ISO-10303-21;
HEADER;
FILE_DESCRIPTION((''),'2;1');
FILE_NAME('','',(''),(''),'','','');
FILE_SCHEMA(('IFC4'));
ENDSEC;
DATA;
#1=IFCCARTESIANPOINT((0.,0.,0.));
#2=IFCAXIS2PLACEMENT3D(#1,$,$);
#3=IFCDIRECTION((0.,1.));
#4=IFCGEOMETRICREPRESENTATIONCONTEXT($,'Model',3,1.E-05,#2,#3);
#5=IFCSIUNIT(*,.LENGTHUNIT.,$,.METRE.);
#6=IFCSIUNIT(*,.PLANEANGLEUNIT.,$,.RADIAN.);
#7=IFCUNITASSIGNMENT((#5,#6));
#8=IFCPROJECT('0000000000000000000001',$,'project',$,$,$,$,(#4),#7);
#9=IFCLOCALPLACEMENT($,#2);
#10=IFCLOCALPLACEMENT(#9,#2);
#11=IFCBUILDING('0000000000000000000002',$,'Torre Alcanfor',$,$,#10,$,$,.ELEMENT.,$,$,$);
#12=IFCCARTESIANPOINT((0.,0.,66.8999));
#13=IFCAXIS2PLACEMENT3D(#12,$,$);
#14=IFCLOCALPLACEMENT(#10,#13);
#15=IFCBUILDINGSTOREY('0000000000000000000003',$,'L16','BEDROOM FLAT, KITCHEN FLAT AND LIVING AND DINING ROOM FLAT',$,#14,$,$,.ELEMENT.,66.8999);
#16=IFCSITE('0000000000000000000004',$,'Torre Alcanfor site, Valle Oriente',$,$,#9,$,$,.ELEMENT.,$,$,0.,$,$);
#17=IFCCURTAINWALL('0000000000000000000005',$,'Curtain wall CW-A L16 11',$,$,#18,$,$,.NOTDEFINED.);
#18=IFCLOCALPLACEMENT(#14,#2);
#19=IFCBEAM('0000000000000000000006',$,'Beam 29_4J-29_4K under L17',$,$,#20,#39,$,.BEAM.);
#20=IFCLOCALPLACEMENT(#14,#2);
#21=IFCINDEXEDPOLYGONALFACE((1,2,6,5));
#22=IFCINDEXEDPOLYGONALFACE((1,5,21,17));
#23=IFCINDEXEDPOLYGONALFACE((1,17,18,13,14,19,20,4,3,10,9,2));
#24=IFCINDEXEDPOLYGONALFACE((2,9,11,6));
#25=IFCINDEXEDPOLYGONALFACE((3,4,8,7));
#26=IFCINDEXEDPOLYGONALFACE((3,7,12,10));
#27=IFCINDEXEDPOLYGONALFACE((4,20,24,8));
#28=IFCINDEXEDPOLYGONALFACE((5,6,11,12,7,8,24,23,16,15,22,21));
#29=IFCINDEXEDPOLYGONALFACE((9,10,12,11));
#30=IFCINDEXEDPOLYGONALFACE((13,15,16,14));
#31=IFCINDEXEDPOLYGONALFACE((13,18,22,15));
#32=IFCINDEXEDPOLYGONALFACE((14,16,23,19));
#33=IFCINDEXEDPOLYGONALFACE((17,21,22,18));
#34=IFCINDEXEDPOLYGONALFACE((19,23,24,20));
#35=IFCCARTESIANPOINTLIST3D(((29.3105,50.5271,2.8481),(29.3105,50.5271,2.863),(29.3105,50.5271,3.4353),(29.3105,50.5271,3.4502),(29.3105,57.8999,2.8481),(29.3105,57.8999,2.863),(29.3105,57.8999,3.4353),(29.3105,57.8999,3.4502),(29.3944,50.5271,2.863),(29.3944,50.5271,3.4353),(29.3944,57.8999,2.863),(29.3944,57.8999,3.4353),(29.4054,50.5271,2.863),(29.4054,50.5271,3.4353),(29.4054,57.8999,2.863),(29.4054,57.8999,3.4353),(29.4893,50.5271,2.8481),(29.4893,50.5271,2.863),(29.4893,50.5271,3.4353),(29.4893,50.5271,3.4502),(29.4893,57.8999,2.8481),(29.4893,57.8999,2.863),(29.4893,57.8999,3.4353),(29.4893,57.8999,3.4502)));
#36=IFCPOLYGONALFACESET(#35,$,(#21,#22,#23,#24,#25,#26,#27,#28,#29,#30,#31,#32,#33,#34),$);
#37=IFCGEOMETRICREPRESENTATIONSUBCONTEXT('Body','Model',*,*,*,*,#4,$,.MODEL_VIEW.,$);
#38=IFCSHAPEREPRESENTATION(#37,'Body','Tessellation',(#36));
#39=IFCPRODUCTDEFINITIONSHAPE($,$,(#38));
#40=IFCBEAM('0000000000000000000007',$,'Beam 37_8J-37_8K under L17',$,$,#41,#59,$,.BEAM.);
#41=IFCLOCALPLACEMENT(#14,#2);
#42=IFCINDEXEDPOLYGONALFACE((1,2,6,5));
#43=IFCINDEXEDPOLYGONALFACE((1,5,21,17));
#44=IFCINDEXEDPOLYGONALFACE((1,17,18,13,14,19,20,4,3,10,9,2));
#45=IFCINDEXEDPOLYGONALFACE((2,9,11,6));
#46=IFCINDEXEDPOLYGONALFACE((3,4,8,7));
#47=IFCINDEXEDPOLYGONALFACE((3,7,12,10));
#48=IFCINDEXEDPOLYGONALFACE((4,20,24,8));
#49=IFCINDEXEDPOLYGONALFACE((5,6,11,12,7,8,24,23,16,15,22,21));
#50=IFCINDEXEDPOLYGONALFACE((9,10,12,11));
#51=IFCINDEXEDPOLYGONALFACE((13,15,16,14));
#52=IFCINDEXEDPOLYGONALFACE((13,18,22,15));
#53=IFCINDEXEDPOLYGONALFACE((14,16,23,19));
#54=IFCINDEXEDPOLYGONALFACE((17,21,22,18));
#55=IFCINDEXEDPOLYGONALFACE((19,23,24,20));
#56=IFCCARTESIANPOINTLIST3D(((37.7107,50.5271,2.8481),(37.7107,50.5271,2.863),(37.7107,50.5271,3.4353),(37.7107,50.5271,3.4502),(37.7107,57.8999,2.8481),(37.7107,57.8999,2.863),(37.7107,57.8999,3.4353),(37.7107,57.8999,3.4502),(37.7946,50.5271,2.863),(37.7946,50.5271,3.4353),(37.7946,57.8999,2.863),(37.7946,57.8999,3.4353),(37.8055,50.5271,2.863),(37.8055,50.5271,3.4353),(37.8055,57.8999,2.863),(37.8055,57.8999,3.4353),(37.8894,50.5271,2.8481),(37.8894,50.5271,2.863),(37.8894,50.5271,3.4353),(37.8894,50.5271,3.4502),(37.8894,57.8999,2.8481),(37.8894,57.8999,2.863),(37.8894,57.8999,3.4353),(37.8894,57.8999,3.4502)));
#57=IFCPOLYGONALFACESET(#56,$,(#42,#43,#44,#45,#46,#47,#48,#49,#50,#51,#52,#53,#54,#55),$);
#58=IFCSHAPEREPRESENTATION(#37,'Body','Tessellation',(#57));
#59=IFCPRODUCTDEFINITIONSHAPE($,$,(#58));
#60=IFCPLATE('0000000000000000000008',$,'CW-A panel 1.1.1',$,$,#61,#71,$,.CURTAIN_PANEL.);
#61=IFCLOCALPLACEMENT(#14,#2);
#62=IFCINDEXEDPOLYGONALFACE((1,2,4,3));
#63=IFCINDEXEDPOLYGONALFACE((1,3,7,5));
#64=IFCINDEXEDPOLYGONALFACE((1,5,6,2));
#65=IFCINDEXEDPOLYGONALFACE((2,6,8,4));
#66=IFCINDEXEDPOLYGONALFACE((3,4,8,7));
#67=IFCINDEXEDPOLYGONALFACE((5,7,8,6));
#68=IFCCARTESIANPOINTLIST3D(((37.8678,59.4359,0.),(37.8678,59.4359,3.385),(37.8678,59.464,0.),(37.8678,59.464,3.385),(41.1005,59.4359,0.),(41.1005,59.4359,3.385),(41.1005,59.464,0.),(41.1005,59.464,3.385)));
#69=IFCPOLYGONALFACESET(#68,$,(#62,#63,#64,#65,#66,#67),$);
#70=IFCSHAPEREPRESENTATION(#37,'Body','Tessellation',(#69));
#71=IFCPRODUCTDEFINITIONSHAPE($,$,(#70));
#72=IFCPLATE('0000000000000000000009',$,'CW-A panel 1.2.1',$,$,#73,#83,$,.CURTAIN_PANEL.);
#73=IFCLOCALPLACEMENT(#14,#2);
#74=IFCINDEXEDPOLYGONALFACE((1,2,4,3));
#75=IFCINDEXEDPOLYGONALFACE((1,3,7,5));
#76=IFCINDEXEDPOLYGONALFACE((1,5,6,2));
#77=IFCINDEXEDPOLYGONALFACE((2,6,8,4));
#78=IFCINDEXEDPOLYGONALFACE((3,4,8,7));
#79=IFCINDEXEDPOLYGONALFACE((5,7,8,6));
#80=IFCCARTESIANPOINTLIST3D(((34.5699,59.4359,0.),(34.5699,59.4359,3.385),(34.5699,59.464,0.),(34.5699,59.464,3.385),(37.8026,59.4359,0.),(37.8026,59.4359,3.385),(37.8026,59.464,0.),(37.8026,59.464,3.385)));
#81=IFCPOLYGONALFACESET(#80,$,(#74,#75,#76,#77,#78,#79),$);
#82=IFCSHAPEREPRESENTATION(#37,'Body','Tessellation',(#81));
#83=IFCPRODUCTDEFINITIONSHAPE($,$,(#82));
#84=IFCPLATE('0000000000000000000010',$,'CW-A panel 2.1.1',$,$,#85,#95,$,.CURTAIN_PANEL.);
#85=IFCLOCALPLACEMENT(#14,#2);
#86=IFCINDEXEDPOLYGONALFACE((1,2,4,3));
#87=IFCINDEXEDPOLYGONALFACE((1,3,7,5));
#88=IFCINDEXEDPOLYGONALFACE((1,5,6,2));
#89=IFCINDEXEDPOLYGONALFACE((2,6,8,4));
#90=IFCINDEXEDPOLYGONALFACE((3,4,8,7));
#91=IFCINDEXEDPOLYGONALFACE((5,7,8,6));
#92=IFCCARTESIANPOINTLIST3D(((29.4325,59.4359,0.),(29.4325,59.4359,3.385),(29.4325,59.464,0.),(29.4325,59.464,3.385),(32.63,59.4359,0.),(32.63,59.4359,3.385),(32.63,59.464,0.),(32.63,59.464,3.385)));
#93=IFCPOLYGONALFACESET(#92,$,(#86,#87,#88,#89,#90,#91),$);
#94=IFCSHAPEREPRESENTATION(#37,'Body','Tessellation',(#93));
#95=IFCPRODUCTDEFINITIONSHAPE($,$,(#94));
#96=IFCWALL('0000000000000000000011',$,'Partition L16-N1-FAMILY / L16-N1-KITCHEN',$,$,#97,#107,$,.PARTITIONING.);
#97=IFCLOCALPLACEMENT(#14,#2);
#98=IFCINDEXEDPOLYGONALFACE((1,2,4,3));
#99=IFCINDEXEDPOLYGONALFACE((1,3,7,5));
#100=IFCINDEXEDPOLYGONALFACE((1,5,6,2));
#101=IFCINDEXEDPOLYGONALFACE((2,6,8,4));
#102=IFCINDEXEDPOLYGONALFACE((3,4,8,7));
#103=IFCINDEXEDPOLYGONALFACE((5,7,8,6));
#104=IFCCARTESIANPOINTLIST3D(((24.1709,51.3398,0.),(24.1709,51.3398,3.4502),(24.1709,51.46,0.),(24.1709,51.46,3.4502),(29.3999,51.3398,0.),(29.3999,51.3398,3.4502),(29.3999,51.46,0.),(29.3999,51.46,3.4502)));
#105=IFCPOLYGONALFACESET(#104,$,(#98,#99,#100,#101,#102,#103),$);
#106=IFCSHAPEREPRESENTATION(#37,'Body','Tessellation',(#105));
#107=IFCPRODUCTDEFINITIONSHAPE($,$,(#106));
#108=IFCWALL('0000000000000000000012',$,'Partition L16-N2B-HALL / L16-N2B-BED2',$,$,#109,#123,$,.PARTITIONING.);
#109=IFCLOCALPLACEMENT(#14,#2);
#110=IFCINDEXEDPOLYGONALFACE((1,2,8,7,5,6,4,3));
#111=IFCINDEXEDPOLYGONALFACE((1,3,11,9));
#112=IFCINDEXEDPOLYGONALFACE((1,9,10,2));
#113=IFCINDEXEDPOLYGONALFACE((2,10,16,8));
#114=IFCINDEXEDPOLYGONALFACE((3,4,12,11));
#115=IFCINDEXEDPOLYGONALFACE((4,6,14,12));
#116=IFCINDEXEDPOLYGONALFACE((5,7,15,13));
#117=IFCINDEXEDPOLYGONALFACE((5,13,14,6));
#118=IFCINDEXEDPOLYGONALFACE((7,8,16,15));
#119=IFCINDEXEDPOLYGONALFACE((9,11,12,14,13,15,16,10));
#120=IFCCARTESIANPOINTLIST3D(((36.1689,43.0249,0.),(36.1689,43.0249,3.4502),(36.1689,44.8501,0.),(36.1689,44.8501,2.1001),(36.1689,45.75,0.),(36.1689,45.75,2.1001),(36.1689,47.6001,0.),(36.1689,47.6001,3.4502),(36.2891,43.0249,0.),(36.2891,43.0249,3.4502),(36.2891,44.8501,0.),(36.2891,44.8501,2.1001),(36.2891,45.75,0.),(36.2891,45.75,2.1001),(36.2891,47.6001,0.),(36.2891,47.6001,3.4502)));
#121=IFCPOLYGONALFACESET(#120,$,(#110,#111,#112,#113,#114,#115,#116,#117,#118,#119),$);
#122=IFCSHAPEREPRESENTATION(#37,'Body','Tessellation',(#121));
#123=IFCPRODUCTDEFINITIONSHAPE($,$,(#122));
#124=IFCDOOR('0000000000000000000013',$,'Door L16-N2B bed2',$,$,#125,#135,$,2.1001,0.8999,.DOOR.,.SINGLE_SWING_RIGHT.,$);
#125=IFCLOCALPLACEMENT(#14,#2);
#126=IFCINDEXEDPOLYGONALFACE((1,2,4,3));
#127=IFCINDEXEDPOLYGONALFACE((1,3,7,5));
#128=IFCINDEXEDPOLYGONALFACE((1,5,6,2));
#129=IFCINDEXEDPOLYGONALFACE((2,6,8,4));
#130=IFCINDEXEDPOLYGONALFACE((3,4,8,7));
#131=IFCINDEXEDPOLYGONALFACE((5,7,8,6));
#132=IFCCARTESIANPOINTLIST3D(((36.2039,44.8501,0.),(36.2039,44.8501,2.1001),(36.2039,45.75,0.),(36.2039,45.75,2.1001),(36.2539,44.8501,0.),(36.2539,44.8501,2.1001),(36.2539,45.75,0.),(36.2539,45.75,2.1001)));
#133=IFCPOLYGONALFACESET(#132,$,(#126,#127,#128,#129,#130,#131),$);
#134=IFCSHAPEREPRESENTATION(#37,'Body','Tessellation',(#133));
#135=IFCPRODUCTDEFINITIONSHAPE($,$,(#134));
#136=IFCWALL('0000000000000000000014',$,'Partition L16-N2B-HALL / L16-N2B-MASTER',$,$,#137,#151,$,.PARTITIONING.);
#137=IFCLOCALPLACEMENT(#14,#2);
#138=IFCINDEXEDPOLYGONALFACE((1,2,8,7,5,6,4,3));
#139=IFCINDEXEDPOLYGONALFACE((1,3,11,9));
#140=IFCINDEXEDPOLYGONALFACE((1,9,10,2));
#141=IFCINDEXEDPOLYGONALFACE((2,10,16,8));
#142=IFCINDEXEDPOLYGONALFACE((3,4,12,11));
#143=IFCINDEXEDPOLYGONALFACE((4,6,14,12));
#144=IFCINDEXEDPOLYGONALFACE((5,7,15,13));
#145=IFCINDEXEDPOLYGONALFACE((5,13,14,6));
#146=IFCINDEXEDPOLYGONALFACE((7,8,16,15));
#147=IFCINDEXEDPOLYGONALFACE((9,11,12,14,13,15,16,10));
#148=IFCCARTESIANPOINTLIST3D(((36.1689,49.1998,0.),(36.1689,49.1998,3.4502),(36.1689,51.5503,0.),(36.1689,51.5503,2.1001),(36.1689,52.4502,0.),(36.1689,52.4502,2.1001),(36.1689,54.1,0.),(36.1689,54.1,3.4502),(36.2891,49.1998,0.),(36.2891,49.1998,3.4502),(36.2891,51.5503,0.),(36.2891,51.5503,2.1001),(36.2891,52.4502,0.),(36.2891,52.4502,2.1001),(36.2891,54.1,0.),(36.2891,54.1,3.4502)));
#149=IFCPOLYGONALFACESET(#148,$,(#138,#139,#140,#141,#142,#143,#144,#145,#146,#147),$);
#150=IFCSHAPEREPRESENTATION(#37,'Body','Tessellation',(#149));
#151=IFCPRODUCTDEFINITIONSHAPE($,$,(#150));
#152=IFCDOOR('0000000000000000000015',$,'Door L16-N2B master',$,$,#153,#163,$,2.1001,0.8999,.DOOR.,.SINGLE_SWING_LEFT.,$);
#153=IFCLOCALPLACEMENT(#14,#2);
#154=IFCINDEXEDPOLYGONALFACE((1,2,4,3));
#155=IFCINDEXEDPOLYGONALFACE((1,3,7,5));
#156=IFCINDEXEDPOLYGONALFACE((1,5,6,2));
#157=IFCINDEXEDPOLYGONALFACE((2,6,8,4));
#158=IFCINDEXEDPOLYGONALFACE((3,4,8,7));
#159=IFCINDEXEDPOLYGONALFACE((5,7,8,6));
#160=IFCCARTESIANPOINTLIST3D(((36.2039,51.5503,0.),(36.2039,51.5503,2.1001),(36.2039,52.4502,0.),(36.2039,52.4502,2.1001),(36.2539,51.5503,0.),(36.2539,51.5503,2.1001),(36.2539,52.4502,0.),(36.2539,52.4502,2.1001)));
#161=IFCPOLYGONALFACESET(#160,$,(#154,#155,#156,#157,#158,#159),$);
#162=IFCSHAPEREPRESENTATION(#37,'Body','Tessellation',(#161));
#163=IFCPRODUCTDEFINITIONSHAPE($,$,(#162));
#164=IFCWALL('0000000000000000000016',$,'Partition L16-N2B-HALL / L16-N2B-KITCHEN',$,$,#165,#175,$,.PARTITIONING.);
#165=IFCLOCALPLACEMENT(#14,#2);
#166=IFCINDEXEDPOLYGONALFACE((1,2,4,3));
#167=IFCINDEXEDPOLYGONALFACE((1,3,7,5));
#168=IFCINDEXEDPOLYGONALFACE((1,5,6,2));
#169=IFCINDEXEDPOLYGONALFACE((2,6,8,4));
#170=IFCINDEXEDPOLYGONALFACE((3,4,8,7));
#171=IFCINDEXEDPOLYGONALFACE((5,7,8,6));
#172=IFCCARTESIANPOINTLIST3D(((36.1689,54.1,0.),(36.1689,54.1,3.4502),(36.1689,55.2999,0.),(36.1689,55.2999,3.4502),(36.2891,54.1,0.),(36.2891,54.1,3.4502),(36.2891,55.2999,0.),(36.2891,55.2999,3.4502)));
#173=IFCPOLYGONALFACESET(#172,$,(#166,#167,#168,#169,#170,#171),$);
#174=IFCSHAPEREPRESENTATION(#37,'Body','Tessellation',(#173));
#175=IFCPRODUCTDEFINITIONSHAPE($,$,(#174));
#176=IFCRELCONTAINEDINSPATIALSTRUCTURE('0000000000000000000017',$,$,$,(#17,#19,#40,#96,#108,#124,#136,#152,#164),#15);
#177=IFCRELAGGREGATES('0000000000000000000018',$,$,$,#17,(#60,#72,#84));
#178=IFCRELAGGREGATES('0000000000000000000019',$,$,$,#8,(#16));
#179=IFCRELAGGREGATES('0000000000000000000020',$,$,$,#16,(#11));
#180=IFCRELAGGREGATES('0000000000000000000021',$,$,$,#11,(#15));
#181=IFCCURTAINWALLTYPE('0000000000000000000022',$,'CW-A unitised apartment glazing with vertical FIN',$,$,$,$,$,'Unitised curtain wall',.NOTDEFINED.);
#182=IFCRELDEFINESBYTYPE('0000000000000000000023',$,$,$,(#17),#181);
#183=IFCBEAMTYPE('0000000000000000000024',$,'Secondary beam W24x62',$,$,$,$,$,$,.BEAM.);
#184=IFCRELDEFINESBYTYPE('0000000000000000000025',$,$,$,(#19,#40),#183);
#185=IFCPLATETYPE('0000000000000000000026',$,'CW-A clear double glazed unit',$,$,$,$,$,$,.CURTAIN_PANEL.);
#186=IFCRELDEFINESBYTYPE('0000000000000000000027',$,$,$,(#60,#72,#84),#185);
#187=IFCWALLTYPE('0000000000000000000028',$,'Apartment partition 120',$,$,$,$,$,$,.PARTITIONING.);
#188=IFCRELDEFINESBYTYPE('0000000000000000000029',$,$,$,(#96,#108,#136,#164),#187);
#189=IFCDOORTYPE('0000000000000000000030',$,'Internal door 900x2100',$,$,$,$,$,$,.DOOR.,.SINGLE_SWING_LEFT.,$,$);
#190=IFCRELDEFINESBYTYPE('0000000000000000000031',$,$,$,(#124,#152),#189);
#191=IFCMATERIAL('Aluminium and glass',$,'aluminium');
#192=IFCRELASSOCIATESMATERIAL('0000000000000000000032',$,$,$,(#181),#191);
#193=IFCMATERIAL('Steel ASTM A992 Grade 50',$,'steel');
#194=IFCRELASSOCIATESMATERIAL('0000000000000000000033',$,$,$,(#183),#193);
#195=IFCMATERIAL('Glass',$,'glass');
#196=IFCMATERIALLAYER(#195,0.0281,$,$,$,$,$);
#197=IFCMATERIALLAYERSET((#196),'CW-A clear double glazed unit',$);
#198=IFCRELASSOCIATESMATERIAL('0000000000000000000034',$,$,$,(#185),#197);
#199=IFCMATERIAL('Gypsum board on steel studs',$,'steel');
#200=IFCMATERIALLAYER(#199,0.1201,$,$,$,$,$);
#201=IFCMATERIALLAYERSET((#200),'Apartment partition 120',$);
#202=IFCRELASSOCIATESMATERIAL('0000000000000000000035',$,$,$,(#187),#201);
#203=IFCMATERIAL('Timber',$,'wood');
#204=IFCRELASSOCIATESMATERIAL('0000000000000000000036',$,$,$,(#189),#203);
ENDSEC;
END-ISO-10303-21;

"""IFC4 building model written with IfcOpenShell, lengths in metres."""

from ifc_helpers import new_model, si_unit, direction, frame, frame_2d, origin, origin_2d, place, context, subcontext, project, spatial, rectangle, i_section, extrude, material, layer, layer_set, material_profile, profile_set, type_object, element, fill, aggregate, save


model = new_model("IFC4")

# Units and contexts
model_context = context("Model", 3, precision=1e-05, world=origin(), true_north=direction((0.0, 1.0)))
body_context = subcontext(model_context, "Body", "Model", "MODEL_VIEW")
ifc_project = project(units=[si_unit("LENGTHUNIT", "METRE"), si_unit("PLANEANGLEUNIT", "RADIAN")], contexts=[model_context])

# Site, building, storey
site_placement = place(None, origin())
site = spatial("IfcSite", under=ifc_project, at=site_placement, Name="Torre Alcanfor site, Valle Oriente", CompositionType="ELEMENT", RefElevation=0.0)
building_placement = place(site_placement, origin())
building = spatial("IfcBuilding", under=site, at=building_placement, Name="Torre Alcanfor", CompositionType="ELEMENT")
storey_placement = place(building_placement, frame((0.0, 0.0, 66.8999)))
storey = spatial("IfcBuildingStorey", under=building, at=storey_placement, Name="L16", Description="BEDROOM FLAT, KITCHEN FLAT AND LIVING AND DINING ROOM FLAT", CompositionType="ELEMENT", Elevation=66.8999)

# Curtain wall
ifc_material_1 = material(Name="Aluminium and glass", Category="aluminium")
curtain_wall_type = type_object("IfcCurtainWallType", Name="CW-A unitised apartment glazing with vertical FIN", ElementType="Unitised curtain wall", PredefinedType="NOTDEFINED", material=ifc_material_1)
curtain_wall_placement = place(storey_placement, origin())
curtain_wall = element("IfcCurtainWall", 1, at=curtain_wall_placement, inside=storey, type_object=curtain_wall_type, Name="Curtain wall CW-A L16 11", PredefinedType="NOTDEFINED")

# Beams
ifc_material_2 = material(Name="Steel ASTM A992 Grade 50", Category="steel")
ifc_material_profile_1 = material_profile(ifc_material_2, i_section(OverallWidth=0.1787, OverallDepth=0.6021, WebThickness=0.011, FlangeThickness=0.0149, at=origin_2d()), Name="W24x62")
ifc_profile_set_1 = profile_set([ifc_material_profile_1], Name="Steel ASTM A992 Grade 50")
beam_type_1 = type_object("IfcBeamType", Name="Secondary beam W24x62", PredefinedType="BEAM", material=ifc_profile_set_1)
for number, where, z_axis, x_axis, name in (
    (2, (29.3999, 50.5271, 3.1492), (0.0, 1.0, 0.0), (-1.0, 0.0, 0.0), "Beam 29_4J-29_4K under L17"),
    (3, (37.8, 50.5271, 3.1492), (0.0, 1.0, 0.0), (-1.0, 0.0, 0.0), "Beam 37_8J-37_8K under L17"),
):
    element("IfcBeam", number, at=place(storey_placement, frame(where, z_axis=z_axis, x_axis=x_axis)), inside=storey, type_object=beam_type_1, Name=name, PredefinedType="BEAM", context=body_context, shape_type="SweptSolid", body=[
        extrude(i_section(OverallWidth=0.1787, OverallDepth=0.6021, WebThickness=0.011, FlangeThickness=0.0149, at=origin_2d()), origin(), (0.0, 0.0, 1.0), 7.3728),
    ])

# Plates
ifc_material_3 = material(Name="Glass", Category="glass")
ifc_layer_1 = layer(ifc_material_3, 0.0281)
ifc_layer_set_1 = layer_set([ifc_layer_1], Name="CW-A clear double glazed unit")
plate_type = type_object("IfcPlateType", Name="CW-A clear double glazed unit", PredefinedType="CURTAIN_PANEL", material=ifc_layer_set_1)
plate_1_placement = place(storey_placement, frame((39.4841, 59.45, 0.0), z_axis=(0.0, 0.0, 1.0), x_axis=(-1.0, 0.0, 0.0)))
plate_1 = element("IfcPlate", 4, at=plate_1_placement, type_object=plate_type, Name="CW-A panel 1.1.1", PredefinedType="CURTAIN_PANEL", context=body_context, shape_type="SweptSolid", body=[
    extrude(rectangle(XDim=3.2327, YDim=0.0281, at=origin_2d()), origin(), (0.0, 0.0, 1.0), 3.385),
])
plate_2_placement = place(storey_placement, frame((36.1863, 59.45, 0.0), z_axis=(0.0, 0.0, 1.0), x_axis=(-1.0, 0.0, 0.0)))
plate_2 = element("IfcPlate", 5, at=plate_2_placement, type_object=plate_type, Name="CW-A panel 1.2.1", PredefinedType="CURTAIN_PANEL", context=body_context, shape_type="SweptSolid", body=[
    extrude(rectangle(XDim=3.2327, YDim=0.0281, at=origin_2d()), origin(), (0.0, 0.0, 1.0), 3.385),
])
plate_3_placement = place(storey_placement, frame((31.0312, 59.45, 0.0), z_axis=(0.0, 0.0, 1.0), x_axis=(-1.0, 0.0, 0.0)))
plate_3 = element("IfcPlate", 6, at=plate_3_placement, type_object=plate_type, Name="CW-A panel 2.1.1", PredefinedType="CURTAIN_PANEL", context=body_context, shape_type="SweptSolid", body=[
    extrude(rectangle(XDim=3.1975, YDim=0.0281, at=origin_2d()), origin(), (0.0, 0.0, 1.0), 3.385),
])
aggregate(curtain_wall, [plate_1, plate_2, plate_3])

# Wall
ifc_material_4 = material(Name="Gypsum board on steel studs", Category="steel")
ifc_layer_2 = layer(ifc_material_4, 0.1201)
ifc_layer_set_2 = layer_set([ifc_layer_2], Name="Apartment partition 120")
wall_type_1 = type_object("IfcWallType", Name="Apartment partition 120", PredefinedType="PARTITIONING", material=ifc_layer_set_2)
wall_1_placement = place(storey_placement, frame((29.3999, 51.3999, 0.0), z_axis=(0.0, 0.0, 1.0), x_axis=(-1.0, 0.0, 0.0)))
element("IfcWall", 7, at=wall_1_placement, inside=storey, type_object=wall_type_1, Name="Partition L16-N1-FAMILY / L16-N1-KITCHEN", PredefinedType="PARTITIONING", context=body_context, shape_type="SweptSolid", body=[
    extrude(rectangle(XDim=5.229, YDim=0.1201, at=frame_2d((2.6145, 0.0))), origin(), (0.0, 0.0, 1.0), 3.4502),
])

# Walls, openings, doors
wall_2_placement = place(storey_placement, frame((36.229, 47.6001, 0.0), z_axis=(0.0, 0.0, 1.0), x_axis=(0.0, -1.0, 0.0)))
wall_2 = element("IfcWall", 8, at=wall_2_placement, inside=storey, type_object=wall_type_1, Name="Partition L16-N2B-HALL / L16-N2B-BED2", PredefinedType="PARTITIONING", context=body_context, shape_type="SweptSolid", body=[
    extrude(rectangle(XDim=4.5752, YDim=0.1201, at=frame_2d((2.2876, 0.0))), origin(), (0.0, 0.0, 1.0), 3.4502),
])
opening_1_placement = place(wall_2_placement, frame((1.8501, 0.0, 0.0)))
opening_1 = element("IfcOpeningElement", 9, at=opening_1_placement, cuts=wall_2, PredefinedType="OPENING", context=body_context, shape_type="SweptSolid", body=[
    extrude(rectangle(XDim=0.8999, YDim=2.1001, at=frame_2d((0.45, 1.05))), frame((0.0, 0.0701, 0.0), z_axis=(0.0, -1.0, 0.0), x_axis=(1.0, 0.0, 0.0)), (0.0, 0.0, 1.0), 0.1401),
])
ifc_material_5 = material(Name="Timber", Category="wood")
door_type_1 = type_object("IfcDoorType", Name="Internal door 900x2100", OperationType="SINGLE_SWING_LEFT", PredefinedType="DOOR", material=ifc_material_5)
door_1_placement = place(opening_1_placement, origin())
door_1 = element("IfcDoor", 10, at=door_1_placement, inside=storey, type_object=door_type_1, Name="Door L16-N2B bed2", OperationType="SINGLE_SWING_RIGHT", OverallHeight=2.1001, OverallWidth=0.8999, PredefinedType="DOOR", context=body_context, shape_type="SweptSolid", body=[
    extrude(rectangle(XDim=0.8999, YDim=2.1001, at=frame_2d((0.45, 1.05))), frame((0.0, 0.0249, 0.0), z_axis=(0.0, -1.0, 0.0), x_axis=(1.0, 0.0, 0.0)), (0.0, 0.0, 1.0), 0.05),
])
fill(opening_1, door_1)
wall_3_placement = place(storey_placement, frame((36.229, 54.1001, 0.0), z_axis=(0.0, 0.0, 1.0), x_axis=(0.0, -1.0, 0.0)))
wall_3 = element("IfcWall", 11, at=wall_3_placement, inside=storey, type_object=wall_type_1, Name="Partition L16-N2B-HALL / L16-N2B-MASTER", PredefinedType="PARTITIONING", context=body_context, shape_type="SweptSolid", body=[
    extrude(rectangle(XDim=4.9001, YDim=0.1201, at=frame_2d((2.4502, 0.0))), origin(), (0.0, 0.0, 1.0), 3.4502),
])
opening_2_placement = place(wall_3_placement, frame((1.6499, 0.0, 0.0)))
opening_2 = element("IfcOpeningElement", 12, at=opening_2_placement, cuts=wall_3, PredefinedType="OPENING", context=body_context, shape_type="SweptSolid", body=[
    extrude(rectangle(XDim=0.8999, YDim=2.1001, at=frame_2d((0.45, 1.05))), frame((0.0, 0.0701, 0.0), z_axis=(0.0, -1.0, 0.0), x_axis=(1.0, 0.0, 0.0)), (0.0, 0.0, 1.0), 0.1401),
])
door_2_placement = place(opening_2_placement, origin())
door_2 = element("IfcDoor", 13, at=door_2_placement, inside=storey, type_object=door_type_1, Name="Door L16-N2B master", OperationType="SINGLE_SWING_LEFT", OverallHeight=2.1001, OverallWidth=0.8999, PredefinedType="DOOR", context=body_context, shape_type="SweptSolid", body=[
    extrude(rectangle(XDim=0.8999, YDim=2.1001, at=frame_2d((0.45, 1.05))), frame((0.0, 0.0249, 0.0), z_axis=(0.0, -1.0, 0.0), x_axis=(1.0, 0.0, 0.0)), (0.0, 0.0, 1.0), 0.05),
])
fill(opening_2, door_2)

# Wall
wall_4_placement = place(storey_placement, frame((36.229, 55.3, 0.0), z_axis=(0.0, 0.0, 1.0), x_axis=(0.0, -1.0, 0.0)))
element("IfcWall", 14, at=wall_4_placement, inside=storey, type_object=wall_type_1, Name="Partition L16-N2B-HALL / L16-N2B-KITCHEN", PredefinedType="PARTITIONING", context=body_context, shape_type="SweptSolid", body=[
    extrude(rectangle(XDim=1.2, YDim=0.1201, at=frame_2d((0.6001, 0.0))), origin(), (0.0, 0.0, 1.0), 3.4502),
])

save(model, "model.ifc")
